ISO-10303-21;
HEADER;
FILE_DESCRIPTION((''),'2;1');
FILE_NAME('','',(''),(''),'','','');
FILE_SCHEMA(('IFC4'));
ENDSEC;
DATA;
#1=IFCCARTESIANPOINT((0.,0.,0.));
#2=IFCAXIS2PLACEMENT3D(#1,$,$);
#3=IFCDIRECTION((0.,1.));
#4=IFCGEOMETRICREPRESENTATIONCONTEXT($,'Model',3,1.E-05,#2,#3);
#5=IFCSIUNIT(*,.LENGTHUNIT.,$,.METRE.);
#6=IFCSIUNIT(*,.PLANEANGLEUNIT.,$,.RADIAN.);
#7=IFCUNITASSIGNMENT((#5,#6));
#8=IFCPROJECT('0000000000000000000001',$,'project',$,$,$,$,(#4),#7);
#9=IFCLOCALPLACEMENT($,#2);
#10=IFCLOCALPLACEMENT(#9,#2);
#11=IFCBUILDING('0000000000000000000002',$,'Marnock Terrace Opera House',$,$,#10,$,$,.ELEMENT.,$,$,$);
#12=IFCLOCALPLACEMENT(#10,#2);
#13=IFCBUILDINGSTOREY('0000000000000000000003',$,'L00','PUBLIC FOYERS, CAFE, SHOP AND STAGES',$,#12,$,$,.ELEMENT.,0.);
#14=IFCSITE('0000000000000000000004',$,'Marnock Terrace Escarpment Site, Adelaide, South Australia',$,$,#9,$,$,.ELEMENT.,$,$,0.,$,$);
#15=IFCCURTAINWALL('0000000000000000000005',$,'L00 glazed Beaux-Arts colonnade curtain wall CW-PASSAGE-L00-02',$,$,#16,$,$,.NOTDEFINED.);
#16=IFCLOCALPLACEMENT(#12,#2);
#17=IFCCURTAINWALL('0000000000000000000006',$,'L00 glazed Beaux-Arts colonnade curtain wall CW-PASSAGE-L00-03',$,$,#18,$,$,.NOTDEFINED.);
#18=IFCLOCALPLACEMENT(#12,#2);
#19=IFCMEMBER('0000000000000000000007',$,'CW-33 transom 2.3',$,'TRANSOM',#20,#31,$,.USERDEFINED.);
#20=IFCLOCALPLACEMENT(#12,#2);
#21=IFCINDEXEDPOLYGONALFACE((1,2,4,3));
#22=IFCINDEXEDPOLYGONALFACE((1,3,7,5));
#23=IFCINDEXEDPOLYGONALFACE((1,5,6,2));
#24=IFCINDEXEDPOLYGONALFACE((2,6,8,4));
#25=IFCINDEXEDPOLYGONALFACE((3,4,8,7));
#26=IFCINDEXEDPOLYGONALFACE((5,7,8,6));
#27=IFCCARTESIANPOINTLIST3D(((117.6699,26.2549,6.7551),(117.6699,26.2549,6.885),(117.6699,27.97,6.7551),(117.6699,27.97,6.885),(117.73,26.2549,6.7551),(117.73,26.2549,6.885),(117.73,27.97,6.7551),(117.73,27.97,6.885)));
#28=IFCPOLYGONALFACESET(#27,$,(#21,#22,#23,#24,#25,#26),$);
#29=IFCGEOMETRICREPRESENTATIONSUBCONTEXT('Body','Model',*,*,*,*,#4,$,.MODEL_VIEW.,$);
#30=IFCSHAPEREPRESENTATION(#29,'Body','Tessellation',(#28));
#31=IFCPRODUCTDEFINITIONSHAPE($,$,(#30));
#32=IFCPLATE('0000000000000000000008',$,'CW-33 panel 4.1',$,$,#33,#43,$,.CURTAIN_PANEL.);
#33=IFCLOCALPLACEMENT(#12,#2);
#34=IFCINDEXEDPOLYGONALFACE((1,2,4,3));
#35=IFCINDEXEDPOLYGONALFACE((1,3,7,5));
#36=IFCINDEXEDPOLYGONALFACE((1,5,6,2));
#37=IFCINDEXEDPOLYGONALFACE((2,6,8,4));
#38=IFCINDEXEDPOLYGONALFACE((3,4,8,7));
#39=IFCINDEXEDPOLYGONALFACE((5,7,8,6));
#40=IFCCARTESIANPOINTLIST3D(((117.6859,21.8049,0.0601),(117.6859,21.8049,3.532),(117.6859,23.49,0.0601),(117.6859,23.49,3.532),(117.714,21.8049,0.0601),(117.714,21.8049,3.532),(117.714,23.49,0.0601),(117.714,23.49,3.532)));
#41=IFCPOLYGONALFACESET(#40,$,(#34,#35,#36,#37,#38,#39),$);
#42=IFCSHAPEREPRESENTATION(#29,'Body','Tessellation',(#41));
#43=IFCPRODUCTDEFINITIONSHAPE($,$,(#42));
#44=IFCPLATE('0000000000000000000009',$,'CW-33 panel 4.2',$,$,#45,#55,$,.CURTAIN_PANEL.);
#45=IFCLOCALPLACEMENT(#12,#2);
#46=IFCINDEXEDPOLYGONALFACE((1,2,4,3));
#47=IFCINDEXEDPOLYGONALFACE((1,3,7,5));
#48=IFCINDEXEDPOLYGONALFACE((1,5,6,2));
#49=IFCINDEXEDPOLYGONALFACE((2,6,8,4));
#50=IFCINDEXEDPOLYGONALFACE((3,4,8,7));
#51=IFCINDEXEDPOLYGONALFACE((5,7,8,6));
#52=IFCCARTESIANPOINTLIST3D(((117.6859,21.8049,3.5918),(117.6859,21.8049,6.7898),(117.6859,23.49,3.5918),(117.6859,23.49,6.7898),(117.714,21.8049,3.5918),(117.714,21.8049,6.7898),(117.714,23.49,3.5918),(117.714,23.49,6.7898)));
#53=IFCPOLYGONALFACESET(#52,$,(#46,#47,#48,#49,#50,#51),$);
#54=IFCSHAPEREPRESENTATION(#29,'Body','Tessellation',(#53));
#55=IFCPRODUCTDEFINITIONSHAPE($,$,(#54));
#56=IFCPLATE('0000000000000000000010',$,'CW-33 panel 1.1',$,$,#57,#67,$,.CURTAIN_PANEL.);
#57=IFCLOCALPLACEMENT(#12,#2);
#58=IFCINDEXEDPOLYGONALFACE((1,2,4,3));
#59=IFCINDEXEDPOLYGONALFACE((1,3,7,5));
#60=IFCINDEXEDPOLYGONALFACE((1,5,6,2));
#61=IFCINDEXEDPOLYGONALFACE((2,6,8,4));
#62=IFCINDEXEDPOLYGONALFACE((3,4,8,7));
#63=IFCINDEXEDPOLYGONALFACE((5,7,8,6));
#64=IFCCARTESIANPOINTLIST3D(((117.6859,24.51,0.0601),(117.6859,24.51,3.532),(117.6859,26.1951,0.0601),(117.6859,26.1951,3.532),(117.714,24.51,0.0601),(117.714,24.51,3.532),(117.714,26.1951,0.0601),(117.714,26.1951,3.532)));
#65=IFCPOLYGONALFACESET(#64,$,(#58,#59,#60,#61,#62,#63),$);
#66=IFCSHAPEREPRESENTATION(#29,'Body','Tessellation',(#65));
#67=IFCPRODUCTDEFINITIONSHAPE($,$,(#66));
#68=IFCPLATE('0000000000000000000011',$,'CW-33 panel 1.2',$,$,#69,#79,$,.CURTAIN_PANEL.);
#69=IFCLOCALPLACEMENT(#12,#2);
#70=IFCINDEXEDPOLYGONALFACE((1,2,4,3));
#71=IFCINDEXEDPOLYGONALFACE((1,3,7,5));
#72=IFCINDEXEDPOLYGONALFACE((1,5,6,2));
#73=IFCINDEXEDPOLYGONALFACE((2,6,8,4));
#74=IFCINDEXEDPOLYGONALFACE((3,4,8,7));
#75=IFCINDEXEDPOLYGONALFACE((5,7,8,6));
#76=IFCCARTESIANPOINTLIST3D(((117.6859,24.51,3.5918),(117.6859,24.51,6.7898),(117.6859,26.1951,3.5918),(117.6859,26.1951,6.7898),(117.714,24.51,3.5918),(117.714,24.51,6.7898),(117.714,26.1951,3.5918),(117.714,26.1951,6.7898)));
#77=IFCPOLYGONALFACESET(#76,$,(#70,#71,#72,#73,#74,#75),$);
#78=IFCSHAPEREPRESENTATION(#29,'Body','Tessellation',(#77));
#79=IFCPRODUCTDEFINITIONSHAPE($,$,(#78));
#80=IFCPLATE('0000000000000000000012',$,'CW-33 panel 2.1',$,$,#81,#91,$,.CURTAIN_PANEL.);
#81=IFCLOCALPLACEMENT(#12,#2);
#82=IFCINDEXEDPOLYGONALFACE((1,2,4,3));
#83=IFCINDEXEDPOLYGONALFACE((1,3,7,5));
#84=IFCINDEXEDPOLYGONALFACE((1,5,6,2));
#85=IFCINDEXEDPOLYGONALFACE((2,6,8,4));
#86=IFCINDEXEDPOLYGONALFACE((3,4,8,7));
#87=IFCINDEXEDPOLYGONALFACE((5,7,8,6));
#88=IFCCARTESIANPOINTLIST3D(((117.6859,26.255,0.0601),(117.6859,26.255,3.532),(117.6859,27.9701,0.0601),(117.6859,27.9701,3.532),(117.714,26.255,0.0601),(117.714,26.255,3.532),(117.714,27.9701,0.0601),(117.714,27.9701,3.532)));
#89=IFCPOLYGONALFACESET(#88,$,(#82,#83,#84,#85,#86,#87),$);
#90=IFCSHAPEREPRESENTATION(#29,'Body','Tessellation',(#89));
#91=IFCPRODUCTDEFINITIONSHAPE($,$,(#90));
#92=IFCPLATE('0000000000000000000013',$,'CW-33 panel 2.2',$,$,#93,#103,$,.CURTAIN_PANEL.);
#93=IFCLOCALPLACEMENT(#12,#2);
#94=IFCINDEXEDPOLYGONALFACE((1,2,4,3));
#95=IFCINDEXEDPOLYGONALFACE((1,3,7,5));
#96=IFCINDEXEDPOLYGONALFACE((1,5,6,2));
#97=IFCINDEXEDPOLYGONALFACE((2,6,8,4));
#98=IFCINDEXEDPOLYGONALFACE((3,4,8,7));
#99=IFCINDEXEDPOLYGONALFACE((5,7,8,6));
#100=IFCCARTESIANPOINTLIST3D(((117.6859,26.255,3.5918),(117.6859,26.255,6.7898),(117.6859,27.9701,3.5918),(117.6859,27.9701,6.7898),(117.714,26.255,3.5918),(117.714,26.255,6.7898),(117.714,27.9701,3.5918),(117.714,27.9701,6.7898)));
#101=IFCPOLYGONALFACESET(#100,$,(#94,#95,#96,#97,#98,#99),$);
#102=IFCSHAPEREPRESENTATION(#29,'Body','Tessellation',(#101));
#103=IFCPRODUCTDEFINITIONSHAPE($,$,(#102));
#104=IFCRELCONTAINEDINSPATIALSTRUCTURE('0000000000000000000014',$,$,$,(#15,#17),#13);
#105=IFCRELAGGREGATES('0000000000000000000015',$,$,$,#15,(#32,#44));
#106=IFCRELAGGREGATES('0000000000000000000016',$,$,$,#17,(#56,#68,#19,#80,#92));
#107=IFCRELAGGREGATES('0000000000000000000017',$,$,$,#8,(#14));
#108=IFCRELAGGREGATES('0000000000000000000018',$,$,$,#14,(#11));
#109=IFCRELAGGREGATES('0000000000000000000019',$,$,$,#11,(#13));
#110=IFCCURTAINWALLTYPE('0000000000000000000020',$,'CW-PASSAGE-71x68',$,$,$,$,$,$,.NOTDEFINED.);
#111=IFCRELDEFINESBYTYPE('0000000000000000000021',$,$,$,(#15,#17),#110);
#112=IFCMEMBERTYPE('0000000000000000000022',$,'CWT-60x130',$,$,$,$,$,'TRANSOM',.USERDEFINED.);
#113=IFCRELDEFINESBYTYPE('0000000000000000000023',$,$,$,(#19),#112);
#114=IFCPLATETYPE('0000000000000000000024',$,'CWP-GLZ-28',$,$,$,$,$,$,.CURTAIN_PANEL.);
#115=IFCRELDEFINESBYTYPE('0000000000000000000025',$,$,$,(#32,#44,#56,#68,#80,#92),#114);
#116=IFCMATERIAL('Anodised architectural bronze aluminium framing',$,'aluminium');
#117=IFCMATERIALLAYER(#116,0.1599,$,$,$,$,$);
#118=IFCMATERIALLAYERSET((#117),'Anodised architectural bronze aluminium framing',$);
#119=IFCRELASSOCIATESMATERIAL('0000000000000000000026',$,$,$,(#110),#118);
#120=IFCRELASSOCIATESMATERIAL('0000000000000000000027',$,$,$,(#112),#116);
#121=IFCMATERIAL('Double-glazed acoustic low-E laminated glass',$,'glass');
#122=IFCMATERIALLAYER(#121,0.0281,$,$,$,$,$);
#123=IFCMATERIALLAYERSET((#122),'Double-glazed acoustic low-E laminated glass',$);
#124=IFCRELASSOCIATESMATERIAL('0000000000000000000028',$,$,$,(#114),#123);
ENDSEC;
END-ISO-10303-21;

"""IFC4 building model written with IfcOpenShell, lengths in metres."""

from ifc_helpers import new_model, si_unit, direction, frame, origin, origin_2d, place, context, subcontext, project, spatial, rectangle, extrude, material, layer, layer_set, material_profile, profile_set, type_object, element, aggregate, save


model = new_model("IFC4")

# Units and contexts
model_context = context("Model", 3, precision=1e-05, world=origin(), true_north=direction((0.0, 1.0)))
body_context = subcontext(model_context, "Body", "Model", "MODEL_VIEW")
ifc_project = project(units=[si_unit("LENGTHUNIT", "METRE"), si_unit("PLANEANGLEUNIT", "RADIAN")], contexts=[model_context])

# Site, building, storey
site_placement = place(None, origin())
site = spatial("IfcSite", under=ifc_project, at=site_placement, Name="Marnock Terrace Escarpment Site, Adelaide, South Australia", CompositionType="ELEMENT", RefElevation=0.0)
building_placement = place(site_placement, origin())
building = spatial("IfcBuilding", under=site, at=building_placement, Name="Marnock Terrace Opera House", CompositionType="ELEMENT")
storey_placement = place(building_placement, origin())
storey = spatial("IfcBuildingStorey", under=building, at=storey_placement, Name="L00", Description="PUBLIC FOYERS, CAFE, SHOP AND STAGES", CompositionType="ELEMENT", Elevation=0.0)

# Curtain wall
ifc_material_1 = material(Name="Anodised architectural bronze aluminium framing", Category="aluminium")
ifc_layer_1 = layer(ifc_material_1, 0.1599)
ifc_layer_set_1 = layer_set([ifc_layer_1], Name="Anodised architectural bronze aluminium framing")
curtain_wall_type_1 = type_object("IfcCurtainWallType", Name="CW-PASSAGE-71x68", PredefinedType="NOTDEFINED", material=ifc_layer_set_1)
curtain_wall_1_placement = place(storey_placement, origin())
curtain_wall_1 = element("IfcCurtainWall", 1, at=curtain_wall_1_placement, inside=storey, type_object=curtain_wall_type_1, Name="L00 glazed Beaux-Arts colonnade curtain wall CW-PASSAGE-L00-02", PredefinedType="NOTDEFINED")

# Curtain wall
curtain_wall_2_placement = place(storey_placement, origin())
curtain_wall_2 = element("IfcCurtainWall", 2, at=curtain_wall_2_placement, inside=storey, type_object=curtain_wall_type_1, Name="L00 glazed Beaux-Arts colonnade curtain wall CW-PASSAGE-L00-03", PredefinedType="NOTDEFINED")

# Member
ifc_material_profile_1 = material_profile(ifc_material_1, rectangle(XDim=0.0601, YDim=0.1299, at=origin_2d()))
ifc_profile_set_1 = profile_set([ifc_material_profile_1], Name="Anodised architectural bronze aluminium framing")
member_type_1 = type_object("IfcMemberType", Name="CWT-60x130", ElementType="TRANSOM", PredefinedType="USERDEFINED", material=ifc_profile_set_1)
member_1_placement = place(storey_placement, frame((117.7, 26.2549, 6.8201), z_axis=(0.0, 1.0, 0.0), x_axis=(-1.0, 0.0, 0.0)))
member_1 = element("IfcMember", 3, at=member_1_placement, type_object=member_type_1, Name="CW-33 transom 2.3", ObjectType="TRANSOM", PredefinedType="USERDEFINED", context=body_context, shape_type="SweptSolid", body=[
    extrude(rectangle(XDim=0.0601, YDim=0.1299, at=origin_2d()), origin(), (0.0, 0.0, 1.0), 1.7151),
])

# Plates
ifc_material_2 = material(Name="Double-glazed acoustic low-E laminated glass", Category="glass")
ifc_layer_2 = layer(ifc_material_2, 0.0281)
ifc_layer_set_2 = layer_set([ifc_layer_2], Name="Double-glazed acoustic low-E laminated glass")
plate_type = type_object("IfcPlateType", Name="CWP-GLZ-28", PredefinedType="CURTAIN_PANEL", material=ifc_layer_set_2)
plate_1_placement = place(storey_placement, frame((117.7, 22.6475, 0.0601), z_axis=(0.0, 0.0, 1.0), x_axis=(0.0, 1.0, 0.0)))
plate_1 = element("IfcPlate", 4, at=plate_1_placement, type_object=plate_type, Name="CW-33 panel 4.1", PredefinedType="CURTAIN_PANEL", context=body_context, shape_type="SweptSolid", body=[
    extrude(rectangle(XDim=1.6851, YDim=0.0281, at=origin_2d()), origin(), (0.0, 0.0, 1.0), 3.4719),
])
plate_2_placement = place(storey_placement, frame((117.7, 22.6475, 3.5918), z_axis=(0.0, 0.0, 1.0), x_axis=(0.0, 1.0, 0.0)))
plate_2 = element("IfcPlate", 5, at=plate_2_placement, type_object=plate_type, Name="CW-33 panel 4.2", PredefinedType="CURTAIN_PANEL", context=body_context, shape_type="SweptSolid", body=[
    extrude(rectangle(XDim=1.6851, YDim=0.0281, at=origin_2d()), origin(), (0.0, 0.0, 1.0), 3.198),
])
aggregate(curtain_wall_1, [plate_1, plate_2])
plate_3_placement = place(storey_placement, frame((117.7, 25.3525, 0.0601), z_axis=(0.0, 0.0, 1.0), x_axis=(0.0, 1.0, 0.0)))
plate_3 = element("IfcPlate", 6, at=plate_3_placement, type_object=plate_type, Name="CW-33 panel 1.1", PredefinedType="CURTAIN_PANEL", context=body_context, shape_type="SweptSolid", body=[
    extrude(rectangle(XDim=1.6851, YDim=0.0281, at=origin_2d()), origin(), (0.0, 0.0, 1.0), 3.4719),
])
plate_4_placement = place(storey_placement, frame((117.7, 25.3525, 3.5918), z_axis=(0.0, 0.0, 1.0), x_axis=(0.0, 1.0, 0.0)))
plate_4 = element("IfcPlate", 7, at=plate_4_placement, type_object=plate_type, Name="CW-33 panel 1.2", PredefinedType="CURTAIN_PANEL", context=body_context, shape_type="SweptSolid", body=[
    extrude(rectangle(XDim=1.6851, YDim=0.0281, at=origin_2d()), origin(), (0.0, 0.0, 1.0), 3.198),
])
plate_5_placement = place(storey_placement, frame((117.7, 27.1125, 0.0601), z_axis=(0.0, 0.0, 1.0), x_axis=(0.0, 1.0, 0.0)))
plate_5 = element("IfcPlate", 8, at=plate_5_placement, type_object=plate_type, Name="CW-33 panel 2.1", PredefinedType="CURTAIN_PANEL", context=body_context, shape_type="SweptSolid", body=[
    extrude(rectangle(XDim=1.7151, YDim=0.0281, at=origin_2d()), origin(), (0.0, 0.0, 1.0), 3.4719),
])
plate_6_placement = place(storey_placement, frame((117.7, 27.1125, 3.5918), z_axis=(0.0, 0.0, 1.0), x_axis=(0.0, 1.0, 0.0)))
plate_6 = element("IfcPlate", 9, at=plate_6_placement, type_object=plate_type, Name="CW-33 panel 2.2", PredefinedType="CURTAIN_PANEL", context=body_context, shape_type="SweptSolid", body=[
    extrude(rectangle(XDim=1.7151, YDim=0.0281, at=origin_2d()), origin(), (0.0, 0.0, 1.0), 3.198),
])
aggregate(curtain_wall_2, [plate_3, plate_4, member_1, plate_5, plate_6])

save(model, "model.ifc")
